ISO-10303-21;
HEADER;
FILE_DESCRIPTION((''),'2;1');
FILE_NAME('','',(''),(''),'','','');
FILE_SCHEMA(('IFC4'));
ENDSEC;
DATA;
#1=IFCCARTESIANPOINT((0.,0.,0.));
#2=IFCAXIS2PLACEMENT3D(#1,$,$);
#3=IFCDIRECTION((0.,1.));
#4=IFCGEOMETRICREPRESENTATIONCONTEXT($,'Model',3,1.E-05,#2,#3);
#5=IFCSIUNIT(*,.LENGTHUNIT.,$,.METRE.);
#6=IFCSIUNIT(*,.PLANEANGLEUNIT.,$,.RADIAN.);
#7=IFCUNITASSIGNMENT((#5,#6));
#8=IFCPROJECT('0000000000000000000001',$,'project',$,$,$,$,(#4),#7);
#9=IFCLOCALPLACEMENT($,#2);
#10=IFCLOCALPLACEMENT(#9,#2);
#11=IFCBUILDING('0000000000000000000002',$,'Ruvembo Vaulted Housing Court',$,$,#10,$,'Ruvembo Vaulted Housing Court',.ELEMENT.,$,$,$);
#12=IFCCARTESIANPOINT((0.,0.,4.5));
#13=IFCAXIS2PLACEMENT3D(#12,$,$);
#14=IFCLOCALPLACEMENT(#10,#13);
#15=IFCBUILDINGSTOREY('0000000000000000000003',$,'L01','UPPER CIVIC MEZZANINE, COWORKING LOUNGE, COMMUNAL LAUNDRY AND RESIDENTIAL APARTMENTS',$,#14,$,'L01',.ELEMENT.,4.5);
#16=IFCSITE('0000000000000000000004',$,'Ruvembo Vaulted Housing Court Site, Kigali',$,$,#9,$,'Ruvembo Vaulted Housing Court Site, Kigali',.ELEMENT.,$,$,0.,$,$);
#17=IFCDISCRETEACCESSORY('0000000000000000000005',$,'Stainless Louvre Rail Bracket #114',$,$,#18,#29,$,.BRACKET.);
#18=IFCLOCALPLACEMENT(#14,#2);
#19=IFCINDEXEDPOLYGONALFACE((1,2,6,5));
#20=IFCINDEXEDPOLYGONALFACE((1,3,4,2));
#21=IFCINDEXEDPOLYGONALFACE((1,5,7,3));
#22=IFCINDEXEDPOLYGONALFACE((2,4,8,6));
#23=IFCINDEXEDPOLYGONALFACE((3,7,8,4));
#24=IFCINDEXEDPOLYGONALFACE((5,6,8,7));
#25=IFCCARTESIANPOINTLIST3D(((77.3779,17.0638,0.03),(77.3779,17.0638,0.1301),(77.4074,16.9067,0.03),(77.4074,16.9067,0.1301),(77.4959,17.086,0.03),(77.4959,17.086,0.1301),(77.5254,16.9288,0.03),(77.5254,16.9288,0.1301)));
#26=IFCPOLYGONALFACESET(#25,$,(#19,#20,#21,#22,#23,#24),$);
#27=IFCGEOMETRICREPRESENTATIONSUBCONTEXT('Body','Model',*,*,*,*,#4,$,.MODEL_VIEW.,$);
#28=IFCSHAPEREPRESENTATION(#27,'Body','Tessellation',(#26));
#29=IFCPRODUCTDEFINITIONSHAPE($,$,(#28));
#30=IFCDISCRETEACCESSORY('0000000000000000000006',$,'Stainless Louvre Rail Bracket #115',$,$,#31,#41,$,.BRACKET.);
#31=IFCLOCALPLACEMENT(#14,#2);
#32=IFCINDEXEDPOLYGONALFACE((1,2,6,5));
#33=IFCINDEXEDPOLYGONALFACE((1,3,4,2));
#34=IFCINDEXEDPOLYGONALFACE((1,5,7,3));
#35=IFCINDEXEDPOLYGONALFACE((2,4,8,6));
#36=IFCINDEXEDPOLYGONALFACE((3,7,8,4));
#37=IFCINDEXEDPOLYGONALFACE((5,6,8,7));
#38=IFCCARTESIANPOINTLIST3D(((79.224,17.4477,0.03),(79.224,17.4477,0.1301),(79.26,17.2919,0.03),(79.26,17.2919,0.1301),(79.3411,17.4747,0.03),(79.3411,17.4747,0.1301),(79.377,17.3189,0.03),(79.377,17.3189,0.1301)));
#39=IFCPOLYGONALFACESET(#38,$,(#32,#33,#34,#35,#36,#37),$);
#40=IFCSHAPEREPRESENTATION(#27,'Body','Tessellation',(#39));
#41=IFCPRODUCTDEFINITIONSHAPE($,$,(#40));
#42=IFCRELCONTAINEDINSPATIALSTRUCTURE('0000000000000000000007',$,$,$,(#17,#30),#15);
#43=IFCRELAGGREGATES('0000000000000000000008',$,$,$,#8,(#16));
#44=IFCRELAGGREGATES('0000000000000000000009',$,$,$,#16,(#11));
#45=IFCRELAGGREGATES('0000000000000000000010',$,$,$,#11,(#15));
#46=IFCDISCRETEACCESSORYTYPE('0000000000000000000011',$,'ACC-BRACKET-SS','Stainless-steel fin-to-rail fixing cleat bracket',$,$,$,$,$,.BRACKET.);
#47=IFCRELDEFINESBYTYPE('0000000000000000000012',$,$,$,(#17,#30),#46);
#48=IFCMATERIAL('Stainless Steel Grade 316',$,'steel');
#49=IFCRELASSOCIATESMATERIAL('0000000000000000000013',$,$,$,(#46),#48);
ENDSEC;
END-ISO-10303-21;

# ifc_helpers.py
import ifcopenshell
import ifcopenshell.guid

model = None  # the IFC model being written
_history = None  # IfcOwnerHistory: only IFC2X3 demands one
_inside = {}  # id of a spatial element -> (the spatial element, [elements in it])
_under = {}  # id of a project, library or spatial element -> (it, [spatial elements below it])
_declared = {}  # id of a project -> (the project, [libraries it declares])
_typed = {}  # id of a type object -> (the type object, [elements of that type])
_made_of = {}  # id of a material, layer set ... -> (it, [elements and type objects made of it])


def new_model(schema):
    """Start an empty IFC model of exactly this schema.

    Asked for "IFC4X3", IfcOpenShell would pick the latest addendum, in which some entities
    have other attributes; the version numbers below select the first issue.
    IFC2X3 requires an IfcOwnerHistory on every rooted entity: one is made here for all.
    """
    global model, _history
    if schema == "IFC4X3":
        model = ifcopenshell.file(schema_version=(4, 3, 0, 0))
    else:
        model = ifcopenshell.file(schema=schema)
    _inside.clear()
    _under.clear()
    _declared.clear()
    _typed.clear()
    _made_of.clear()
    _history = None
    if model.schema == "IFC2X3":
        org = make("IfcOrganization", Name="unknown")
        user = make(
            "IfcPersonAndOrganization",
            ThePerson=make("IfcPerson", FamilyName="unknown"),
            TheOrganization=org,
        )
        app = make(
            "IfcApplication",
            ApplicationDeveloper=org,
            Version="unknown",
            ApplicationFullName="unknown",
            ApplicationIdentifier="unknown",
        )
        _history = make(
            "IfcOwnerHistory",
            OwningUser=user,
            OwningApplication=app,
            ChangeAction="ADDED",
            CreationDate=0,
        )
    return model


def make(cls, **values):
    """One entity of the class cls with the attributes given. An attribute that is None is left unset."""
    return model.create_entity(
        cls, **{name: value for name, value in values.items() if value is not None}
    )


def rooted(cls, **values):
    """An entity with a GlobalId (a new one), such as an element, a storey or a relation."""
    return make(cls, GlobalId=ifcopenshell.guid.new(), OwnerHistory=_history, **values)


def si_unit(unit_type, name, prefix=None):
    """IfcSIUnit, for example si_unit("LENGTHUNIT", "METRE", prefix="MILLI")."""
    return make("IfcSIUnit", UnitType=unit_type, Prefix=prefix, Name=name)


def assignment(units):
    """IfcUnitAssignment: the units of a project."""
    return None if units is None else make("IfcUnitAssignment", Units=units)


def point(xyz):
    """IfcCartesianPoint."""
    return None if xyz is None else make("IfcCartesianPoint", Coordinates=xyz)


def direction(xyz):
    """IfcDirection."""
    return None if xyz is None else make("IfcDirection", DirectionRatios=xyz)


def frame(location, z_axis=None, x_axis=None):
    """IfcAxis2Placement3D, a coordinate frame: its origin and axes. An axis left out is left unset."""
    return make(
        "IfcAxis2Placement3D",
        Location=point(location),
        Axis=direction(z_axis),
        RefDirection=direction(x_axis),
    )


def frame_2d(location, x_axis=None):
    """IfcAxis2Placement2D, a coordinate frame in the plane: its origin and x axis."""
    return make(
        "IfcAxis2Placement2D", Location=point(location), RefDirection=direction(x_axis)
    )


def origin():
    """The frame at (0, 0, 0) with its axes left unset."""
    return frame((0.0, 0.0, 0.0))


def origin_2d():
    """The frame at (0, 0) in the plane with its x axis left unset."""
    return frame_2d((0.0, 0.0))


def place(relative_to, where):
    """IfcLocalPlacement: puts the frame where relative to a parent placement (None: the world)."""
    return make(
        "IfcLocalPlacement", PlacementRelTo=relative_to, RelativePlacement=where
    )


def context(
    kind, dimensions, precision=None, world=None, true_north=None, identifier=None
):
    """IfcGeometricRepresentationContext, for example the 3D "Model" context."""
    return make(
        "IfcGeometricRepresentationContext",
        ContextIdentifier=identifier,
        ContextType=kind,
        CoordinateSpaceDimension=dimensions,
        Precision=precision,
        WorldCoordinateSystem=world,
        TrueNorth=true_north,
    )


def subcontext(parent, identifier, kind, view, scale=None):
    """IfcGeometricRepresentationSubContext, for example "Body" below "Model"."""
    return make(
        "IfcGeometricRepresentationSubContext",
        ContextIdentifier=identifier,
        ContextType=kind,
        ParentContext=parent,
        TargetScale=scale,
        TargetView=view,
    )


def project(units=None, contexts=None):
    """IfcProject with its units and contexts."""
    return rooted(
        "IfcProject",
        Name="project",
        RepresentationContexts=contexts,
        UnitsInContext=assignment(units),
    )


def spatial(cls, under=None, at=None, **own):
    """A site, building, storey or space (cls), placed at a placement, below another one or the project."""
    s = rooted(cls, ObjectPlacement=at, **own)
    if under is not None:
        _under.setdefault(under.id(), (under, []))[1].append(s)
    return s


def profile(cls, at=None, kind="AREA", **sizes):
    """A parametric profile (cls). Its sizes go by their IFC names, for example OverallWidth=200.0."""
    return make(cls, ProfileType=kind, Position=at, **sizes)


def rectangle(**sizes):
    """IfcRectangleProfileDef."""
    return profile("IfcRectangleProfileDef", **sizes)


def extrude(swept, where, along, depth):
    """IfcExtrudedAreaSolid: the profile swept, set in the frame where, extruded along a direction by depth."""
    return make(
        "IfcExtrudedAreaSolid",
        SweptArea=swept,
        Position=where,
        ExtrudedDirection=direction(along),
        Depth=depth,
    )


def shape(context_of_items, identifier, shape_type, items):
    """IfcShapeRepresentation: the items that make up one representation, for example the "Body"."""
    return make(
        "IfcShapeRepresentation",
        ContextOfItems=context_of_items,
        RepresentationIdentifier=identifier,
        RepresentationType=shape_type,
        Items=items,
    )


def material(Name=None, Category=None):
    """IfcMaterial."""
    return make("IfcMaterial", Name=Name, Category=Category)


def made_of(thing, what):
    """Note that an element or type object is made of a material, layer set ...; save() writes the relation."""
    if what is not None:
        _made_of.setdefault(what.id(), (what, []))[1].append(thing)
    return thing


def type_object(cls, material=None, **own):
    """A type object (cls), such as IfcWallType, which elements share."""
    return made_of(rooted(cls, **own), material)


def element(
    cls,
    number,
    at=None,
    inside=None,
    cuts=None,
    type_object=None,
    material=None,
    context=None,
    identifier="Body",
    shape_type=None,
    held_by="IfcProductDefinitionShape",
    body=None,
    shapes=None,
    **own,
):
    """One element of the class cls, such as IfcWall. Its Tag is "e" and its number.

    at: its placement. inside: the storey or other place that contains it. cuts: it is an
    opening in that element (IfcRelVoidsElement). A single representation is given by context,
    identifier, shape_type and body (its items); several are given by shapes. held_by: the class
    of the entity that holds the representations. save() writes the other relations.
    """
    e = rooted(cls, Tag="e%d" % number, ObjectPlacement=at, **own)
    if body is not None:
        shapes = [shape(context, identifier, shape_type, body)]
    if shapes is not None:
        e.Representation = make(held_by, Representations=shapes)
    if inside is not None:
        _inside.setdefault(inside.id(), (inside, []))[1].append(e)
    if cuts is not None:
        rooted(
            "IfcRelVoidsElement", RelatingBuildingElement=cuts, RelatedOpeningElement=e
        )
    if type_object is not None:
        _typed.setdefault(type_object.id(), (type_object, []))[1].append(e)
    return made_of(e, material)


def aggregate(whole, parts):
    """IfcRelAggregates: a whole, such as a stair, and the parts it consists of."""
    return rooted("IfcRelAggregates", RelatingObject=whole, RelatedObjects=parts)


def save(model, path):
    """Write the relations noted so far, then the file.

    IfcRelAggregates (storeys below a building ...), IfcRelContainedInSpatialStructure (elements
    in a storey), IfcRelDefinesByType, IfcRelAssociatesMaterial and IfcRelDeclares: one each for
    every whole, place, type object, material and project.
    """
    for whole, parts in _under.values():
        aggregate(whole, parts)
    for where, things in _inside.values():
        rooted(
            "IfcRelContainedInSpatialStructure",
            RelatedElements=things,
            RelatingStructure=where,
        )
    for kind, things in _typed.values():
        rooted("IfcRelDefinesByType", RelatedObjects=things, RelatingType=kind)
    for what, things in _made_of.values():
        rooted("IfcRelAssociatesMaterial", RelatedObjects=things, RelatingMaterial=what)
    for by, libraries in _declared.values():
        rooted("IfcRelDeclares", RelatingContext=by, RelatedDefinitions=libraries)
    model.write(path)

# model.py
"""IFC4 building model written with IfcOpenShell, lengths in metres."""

from ifc_helpers import new_model, si_unit, direction, frame, origin, origin_2d, place, context, subcontext, project, spatial, rectangle, extrude, material, type_object, element, save


model = new_model("IFC4")

# Units and contexts
model_context = context("Model", 3, precision=1e-05, world=origin(), true_north=direction((0.0, 1.0)))
body_context = subcontext(model_context, "Body", "Model", "MODEL_VIEW")
ifc_project = project(units=[si_unit("LENGTHUNIT", "METRE"), si_unit("PLANEANGLEUNIT", "RADIAN")], contexts=[model_context])

# Site, building, storey
site_placement = place(None, origin())
site = spatial("IfcSite", under=ifc_project, at=site_placement, Name="Ruvembo Vaulted Housing Court Site, Kigali", LongName="Ruvembo Vaulted Housing Court Site, Kigali", CompositionType="ELEMENT", RefElevation=0.0)
building_placement = place(site_placement, origin())
building = spatial("IfcBuilding", under=site, at=building_placement, Name="Ruvembo Vaulted Housing Court", LongName="Ruvembo Vaulted Housing Court", CompositionType="ELEMENT")
storey_placement = place(building_placement, frame((0.0, 0.0, 4.5)))
storey = spatial("IfcBuildingStorey", under=building, at=storey_placement, Name="L01", Description="UPPER CIVIC MEZZANINE, COWORKING LOUNGE, COMMUNAL LAUNDRY AND RESIDENTIAL APARTMENTS", LongName="L01", CompositionType="ELEMENT", Elevation=4.5)

# Discrete accessories
ifc_material_1 = material(Name="Stainless Steel Grade 316", Category="steel")
discrete_accessory_type = type_object("IfcDiscreteAccessoryType", Name="ACC-BRACKET-SS", Description="Stainless-steel fin-to-rail fixing cleat bracket", PredefinedType="BRACKET", material=ifc_material_1)
for number, where, z_axis, x_axis, name in (
    (1, (77.4517, 16.9963, 0.03), (0.0, 0.0, 1.0), (0.184569, -0.98282, 0.0), "Stainless Louvre Rail Bracket #114"),
    (2, (79.3005, 17.3833, 0.03), (0.0, 0.0, 1.0), (0.224951, -0.97437, 0.0), "Stainless Louvre Rail Bracket #115"),
):
    element("IfcDiscreteAccessory", number, at=place(storey_placement, frame(where, z_axis=z_axis, x_axis=x_axis)), inside=storey, type_object=discrete_accessory_type, Name=name, PredefinedType="BRACKET", context=body_context, shape_type="SweptSolid", body=[
        extrude(rectangle(XDim=0.1599, YDim=0.1201, at=origin_2d()), origin(), (0.0, 0.0, 1.0), 0.1001),
    ])

save(model, "model.ifc")
